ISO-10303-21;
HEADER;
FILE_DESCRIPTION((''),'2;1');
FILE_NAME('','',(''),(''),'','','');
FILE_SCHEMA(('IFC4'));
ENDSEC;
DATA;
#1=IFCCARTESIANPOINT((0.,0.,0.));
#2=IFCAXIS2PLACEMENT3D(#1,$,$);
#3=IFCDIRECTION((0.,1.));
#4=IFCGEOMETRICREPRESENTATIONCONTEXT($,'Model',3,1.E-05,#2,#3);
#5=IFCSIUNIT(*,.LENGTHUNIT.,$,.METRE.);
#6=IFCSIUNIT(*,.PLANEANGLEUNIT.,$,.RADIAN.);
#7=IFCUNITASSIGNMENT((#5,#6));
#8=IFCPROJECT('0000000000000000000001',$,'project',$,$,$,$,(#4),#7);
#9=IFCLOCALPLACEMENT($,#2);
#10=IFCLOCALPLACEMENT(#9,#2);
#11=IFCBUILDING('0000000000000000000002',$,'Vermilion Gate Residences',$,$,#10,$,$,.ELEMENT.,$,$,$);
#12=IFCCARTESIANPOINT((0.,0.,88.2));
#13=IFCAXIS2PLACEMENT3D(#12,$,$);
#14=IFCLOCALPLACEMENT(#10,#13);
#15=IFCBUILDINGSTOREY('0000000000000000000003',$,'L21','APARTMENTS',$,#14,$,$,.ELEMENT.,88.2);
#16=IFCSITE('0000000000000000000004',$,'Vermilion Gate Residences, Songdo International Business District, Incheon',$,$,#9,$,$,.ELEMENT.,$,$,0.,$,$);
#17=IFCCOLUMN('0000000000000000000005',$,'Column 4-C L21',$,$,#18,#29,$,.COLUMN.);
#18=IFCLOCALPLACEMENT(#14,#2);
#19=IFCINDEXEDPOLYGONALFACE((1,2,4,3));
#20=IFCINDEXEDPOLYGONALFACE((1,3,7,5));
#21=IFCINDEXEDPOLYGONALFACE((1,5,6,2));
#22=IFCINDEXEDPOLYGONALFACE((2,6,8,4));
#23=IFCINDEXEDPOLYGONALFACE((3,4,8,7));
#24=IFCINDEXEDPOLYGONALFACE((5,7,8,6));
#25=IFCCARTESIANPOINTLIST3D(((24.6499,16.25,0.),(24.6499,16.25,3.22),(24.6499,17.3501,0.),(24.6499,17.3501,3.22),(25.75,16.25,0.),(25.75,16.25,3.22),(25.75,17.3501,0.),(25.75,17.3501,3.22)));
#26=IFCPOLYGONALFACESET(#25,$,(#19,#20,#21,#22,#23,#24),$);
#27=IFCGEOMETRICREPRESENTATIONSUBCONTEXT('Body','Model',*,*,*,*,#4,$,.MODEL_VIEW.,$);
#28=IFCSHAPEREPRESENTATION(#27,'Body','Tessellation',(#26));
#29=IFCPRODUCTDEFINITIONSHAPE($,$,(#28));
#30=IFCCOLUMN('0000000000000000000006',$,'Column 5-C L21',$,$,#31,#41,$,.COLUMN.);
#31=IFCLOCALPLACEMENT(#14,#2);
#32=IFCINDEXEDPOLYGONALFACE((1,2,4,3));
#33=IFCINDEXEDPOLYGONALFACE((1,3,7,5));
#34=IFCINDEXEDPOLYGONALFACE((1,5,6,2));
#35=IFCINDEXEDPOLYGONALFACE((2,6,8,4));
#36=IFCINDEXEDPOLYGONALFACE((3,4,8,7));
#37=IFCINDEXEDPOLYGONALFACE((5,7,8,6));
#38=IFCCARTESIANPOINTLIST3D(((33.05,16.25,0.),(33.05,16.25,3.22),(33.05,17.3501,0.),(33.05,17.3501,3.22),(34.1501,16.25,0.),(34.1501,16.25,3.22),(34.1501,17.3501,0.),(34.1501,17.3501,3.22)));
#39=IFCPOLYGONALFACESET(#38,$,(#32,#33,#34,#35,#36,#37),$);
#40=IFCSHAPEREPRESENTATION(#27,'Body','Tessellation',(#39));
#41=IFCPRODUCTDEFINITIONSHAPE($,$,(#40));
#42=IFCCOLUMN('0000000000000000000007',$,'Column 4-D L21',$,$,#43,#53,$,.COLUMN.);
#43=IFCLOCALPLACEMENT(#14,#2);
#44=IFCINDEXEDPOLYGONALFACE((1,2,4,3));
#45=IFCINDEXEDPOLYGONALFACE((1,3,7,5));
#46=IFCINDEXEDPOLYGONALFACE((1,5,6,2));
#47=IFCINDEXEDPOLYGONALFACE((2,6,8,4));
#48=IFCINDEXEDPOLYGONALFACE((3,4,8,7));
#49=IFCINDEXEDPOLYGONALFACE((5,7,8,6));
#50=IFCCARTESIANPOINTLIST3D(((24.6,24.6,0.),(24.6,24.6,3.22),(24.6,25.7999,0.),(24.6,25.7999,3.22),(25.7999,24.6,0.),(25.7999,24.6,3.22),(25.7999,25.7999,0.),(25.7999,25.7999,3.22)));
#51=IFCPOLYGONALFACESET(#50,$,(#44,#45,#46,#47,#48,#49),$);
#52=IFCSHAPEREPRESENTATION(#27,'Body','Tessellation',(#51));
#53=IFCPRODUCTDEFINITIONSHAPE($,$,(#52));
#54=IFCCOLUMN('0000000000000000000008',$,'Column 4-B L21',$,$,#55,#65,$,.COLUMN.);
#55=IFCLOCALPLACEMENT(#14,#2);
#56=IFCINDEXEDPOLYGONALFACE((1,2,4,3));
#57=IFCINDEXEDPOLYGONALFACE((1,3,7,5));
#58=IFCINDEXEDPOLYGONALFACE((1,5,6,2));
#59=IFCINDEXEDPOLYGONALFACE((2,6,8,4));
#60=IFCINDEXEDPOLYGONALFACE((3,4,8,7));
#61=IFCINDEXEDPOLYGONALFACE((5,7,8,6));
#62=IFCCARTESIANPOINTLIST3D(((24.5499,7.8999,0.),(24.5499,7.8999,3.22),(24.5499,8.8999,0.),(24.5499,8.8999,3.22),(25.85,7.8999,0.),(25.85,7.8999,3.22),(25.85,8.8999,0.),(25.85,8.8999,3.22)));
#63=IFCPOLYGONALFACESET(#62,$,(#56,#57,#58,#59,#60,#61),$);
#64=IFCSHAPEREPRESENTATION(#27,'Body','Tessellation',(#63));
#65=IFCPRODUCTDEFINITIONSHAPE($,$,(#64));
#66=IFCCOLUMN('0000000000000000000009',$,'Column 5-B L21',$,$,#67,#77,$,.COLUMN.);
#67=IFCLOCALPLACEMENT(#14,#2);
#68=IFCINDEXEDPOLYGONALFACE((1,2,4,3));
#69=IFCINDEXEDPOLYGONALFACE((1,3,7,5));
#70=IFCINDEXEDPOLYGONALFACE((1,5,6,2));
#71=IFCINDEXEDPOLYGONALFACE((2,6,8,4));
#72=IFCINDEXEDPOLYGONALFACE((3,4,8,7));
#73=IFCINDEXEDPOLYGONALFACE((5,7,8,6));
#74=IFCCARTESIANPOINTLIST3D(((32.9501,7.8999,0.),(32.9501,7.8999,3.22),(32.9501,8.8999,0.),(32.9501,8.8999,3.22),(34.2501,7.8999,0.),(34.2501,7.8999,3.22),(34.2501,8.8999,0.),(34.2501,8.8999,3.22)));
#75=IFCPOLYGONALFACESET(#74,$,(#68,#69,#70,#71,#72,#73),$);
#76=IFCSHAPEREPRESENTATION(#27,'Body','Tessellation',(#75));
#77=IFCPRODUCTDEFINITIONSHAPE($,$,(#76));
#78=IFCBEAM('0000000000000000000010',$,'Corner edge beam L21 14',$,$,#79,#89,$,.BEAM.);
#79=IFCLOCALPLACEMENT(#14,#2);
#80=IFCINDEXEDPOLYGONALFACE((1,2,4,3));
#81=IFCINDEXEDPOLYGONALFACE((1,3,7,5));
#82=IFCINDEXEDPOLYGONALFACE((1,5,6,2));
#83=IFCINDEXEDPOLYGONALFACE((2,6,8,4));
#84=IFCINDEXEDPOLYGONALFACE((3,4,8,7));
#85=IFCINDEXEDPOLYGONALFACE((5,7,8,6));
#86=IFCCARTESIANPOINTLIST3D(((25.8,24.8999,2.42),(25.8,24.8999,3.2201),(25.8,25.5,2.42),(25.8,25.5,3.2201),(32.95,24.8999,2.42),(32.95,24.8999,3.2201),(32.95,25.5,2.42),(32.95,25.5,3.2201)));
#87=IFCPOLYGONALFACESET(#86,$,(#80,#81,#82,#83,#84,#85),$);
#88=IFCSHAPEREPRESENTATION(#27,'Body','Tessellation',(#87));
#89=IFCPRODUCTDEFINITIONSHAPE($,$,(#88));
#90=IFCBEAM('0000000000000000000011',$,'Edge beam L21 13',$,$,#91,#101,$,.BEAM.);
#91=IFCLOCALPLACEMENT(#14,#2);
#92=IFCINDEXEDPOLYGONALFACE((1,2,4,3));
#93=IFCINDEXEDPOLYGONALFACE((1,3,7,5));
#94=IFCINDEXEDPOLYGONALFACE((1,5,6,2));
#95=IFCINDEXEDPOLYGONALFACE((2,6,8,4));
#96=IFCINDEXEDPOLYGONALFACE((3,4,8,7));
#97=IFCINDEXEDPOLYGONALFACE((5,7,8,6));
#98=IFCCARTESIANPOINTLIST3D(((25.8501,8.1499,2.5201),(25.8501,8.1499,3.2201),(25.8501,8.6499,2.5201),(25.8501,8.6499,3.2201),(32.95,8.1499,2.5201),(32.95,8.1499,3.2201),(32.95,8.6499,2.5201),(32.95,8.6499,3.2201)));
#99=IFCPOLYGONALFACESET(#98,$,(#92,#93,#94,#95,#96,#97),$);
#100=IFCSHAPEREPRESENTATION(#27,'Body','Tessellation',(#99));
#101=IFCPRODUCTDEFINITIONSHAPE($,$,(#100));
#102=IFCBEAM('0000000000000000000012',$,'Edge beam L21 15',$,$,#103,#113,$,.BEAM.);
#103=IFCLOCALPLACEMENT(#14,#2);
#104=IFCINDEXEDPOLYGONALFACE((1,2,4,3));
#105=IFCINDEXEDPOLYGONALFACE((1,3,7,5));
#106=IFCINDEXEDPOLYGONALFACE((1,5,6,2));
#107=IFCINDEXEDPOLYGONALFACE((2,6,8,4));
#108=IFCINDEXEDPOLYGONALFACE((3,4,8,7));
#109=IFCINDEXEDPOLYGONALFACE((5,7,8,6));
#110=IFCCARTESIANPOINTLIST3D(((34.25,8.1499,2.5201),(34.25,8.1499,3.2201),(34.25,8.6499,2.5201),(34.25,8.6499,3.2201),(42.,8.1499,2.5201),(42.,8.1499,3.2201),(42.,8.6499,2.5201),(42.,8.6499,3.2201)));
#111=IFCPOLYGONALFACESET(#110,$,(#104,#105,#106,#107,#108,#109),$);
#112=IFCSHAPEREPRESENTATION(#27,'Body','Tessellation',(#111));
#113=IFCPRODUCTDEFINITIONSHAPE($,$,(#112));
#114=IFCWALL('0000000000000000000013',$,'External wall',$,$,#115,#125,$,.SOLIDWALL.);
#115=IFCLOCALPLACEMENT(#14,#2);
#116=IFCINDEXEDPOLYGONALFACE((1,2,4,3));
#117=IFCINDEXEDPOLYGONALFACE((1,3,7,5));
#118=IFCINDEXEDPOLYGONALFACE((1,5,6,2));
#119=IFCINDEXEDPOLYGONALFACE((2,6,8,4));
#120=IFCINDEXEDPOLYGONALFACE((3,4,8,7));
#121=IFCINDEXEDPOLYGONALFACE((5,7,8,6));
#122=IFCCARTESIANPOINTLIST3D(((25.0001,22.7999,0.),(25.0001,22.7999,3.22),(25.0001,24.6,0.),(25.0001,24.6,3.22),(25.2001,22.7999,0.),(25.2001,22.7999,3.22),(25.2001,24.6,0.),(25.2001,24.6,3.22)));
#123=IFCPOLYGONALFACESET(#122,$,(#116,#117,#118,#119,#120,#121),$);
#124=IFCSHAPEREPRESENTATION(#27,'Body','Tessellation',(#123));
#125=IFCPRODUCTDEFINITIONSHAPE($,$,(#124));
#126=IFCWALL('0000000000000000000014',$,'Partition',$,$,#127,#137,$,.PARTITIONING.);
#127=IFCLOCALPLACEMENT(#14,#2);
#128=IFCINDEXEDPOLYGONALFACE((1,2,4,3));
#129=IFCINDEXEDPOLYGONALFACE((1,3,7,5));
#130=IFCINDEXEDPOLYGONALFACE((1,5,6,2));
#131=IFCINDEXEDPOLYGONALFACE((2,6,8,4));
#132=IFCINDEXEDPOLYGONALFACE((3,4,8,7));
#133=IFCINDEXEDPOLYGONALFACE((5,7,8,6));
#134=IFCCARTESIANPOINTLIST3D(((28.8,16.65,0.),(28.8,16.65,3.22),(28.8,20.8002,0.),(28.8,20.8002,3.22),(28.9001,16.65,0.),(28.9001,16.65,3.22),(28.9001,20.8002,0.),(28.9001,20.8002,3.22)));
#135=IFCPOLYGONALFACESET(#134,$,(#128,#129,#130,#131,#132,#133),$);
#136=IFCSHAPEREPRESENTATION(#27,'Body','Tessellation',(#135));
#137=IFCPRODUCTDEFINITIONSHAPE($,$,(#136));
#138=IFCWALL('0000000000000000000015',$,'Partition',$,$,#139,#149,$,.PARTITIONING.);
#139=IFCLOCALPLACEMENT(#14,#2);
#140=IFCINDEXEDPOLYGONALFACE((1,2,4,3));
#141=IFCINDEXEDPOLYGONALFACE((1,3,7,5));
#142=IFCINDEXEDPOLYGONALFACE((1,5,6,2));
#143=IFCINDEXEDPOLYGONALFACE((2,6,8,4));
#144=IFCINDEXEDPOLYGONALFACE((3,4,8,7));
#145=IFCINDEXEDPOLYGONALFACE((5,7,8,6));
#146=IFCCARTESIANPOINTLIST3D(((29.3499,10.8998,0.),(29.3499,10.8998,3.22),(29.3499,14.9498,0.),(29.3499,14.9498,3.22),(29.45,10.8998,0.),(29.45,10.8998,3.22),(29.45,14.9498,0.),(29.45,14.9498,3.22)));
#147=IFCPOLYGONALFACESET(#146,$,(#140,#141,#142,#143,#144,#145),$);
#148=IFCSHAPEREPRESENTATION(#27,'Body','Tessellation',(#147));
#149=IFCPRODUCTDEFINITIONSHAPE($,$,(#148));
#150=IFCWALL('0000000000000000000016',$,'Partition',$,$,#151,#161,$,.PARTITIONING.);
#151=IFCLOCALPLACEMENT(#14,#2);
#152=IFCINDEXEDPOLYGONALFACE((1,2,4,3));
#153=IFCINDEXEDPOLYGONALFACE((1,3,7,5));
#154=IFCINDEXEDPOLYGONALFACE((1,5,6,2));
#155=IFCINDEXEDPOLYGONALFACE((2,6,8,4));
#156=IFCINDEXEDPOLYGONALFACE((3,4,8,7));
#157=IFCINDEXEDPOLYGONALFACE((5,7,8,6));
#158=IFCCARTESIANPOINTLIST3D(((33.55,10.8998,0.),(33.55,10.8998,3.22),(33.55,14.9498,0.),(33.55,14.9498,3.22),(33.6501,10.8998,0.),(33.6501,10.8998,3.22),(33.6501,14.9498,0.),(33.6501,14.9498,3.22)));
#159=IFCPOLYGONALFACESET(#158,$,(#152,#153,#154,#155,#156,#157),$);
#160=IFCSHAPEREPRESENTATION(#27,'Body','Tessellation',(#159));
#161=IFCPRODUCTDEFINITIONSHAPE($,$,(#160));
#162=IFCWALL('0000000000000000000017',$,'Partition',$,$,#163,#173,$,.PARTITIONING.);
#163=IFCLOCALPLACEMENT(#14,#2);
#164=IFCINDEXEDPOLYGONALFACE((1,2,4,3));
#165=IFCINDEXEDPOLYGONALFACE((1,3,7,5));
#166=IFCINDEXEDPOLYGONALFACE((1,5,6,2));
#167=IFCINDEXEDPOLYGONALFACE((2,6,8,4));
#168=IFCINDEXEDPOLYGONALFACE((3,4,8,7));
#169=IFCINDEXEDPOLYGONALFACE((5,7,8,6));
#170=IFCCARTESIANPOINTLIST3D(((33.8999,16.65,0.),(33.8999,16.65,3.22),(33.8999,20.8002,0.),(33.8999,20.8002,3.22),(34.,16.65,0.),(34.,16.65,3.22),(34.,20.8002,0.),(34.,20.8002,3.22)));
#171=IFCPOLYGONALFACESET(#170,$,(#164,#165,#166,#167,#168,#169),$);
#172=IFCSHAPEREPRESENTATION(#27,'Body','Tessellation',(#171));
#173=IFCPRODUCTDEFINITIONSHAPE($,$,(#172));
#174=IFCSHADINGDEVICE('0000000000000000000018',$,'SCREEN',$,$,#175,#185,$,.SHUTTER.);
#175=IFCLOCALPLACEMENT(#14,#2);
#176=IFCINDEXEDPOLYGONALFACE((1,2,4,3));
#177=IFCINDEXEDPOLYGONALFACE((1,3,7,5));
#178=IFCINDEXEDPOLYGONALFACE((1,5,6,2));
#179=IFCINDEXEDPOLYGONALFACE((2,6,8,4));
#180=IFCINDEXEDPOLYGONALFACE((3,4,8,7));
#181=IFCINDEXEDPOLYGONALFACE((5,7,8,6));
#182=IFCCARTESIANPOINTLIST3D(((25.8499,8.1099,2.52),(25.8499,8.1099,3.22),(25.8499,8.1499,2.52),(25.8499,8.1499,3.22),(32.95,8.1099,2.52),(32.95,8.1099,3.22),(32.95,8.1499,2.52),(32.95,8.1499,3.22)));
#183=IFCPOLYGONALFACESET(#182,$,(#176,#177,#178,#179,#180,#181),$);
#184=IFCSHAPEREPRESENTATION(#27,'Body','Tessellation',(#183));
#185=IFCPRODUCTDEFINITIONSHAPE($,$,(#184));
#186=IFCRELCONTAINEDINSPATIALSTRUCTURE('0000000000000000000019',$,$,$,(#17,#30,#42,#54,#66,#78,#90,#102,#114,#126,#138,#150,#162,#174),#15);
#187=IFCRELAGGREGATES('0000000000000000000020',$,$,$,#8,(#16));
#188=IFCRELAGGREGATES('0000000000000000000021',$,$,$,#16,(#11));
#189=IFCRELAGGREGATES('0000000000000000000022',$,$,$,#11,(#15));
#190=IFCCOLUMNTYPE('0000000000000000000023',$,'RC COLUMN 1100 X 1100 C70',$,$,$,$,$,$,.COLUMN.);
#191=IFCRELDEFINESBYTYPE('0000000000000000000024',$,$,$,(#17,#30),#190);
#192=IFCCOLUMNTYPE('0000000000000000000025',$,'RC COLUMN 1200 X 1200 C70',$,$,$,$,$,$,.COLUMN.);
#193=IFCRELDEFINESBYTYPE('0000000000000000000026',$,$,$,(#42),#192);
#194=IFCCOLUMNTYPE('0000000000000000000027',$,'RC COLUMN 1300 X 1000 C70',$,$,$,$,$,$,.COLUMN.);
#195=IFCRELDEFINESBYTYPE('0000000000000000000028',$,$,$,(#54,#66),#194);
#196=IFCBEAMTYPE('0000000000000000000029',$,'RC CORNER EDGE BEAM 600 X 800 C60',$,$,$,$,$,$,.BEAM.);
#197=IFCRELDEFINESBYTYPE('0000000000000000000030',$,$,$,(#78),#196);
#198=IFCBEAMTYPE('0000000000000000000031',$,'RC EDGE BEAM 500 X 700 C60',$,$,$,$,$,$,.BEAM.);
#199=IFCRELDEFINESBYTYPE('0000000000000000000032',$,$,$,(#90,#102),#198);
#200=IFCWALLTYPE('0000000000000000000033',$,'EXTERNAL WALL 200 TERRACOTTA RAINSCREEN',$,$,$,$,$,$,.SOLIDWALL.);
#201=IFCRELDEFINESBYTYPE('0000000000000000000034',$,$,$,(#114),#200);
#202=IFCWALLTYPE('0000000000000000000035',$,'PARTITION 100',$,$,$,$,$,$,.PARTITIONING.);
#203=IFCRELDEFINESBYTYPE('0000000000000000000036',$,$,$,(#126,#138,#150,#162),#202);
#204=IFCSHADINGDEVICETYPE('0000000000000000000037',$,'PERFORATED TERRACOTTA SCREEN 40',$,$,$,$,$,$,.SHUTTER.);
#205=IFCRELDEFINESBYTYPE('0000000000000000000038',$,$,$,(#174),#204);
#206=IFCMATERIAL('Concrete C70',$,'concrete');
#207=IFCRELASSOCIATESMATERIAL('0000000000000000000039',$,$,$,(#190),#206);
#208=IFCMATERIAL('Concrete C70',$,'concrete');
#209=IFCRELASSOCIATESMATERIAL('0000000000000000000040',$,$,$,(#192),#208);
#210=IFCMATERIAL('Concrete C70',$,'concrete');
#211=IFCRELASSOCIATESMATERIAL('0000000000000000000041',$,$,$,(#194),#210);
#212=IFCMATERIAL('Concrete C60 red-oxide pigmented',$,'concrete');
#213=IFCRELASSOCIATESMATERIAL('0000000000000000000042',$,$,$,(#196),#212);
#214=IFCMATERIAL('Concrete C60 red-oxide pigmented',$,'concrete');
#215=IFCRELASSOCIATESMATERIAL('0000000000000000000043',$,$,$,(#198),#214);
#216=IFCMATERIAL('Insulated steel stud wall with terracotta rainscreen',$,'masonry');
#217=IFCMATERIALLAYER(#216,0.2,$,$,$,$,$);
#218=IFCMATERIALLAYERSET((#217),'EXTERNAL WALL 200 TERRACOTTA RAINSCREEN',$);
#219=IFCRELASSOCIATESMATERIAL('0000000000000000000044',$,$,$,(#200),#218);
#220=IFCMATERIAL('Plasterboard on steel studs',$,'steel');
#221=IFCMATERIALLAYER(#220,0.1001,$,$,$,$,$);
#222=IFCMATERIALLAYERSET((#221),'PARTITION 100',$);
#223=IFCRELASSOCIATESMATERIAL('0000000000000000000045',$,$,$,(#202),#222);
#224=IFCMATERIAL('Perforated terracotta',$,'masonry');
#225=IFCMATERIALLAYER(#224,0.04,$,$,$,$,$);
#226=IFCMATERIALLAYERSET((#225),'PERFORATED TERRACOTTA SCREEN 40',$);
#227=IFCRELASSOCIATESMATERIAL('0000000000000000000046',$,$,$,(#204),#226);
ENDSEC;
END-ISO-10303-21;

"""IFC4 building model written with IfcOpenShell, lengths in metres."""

from ifc_helpers import new_model, si_unit, direction, frame, frame_2d, origin, origin_2d, place, context, subcontext, project, spatial, rectangle, extrude, material, layer, layer_set, material_profile, profile_set, type_object, element, save


model = new_model("IFC4")

# Units and contexts
model_context = context("Model", 3, precision=1e-05, world=origin(), true_north=direction((0.0, 1.0)))
body_context = subcontext(model_context, "Body", "Model", "MODEL_VIEW")
ifc_project = project(units=[si_unit("LENGTHUNIT", "METRE"), si_unit("PLANEANGLEUNIT", "RADIAN")], contexts=[model_context])

# Site, building, storey
site_placement = place(None, origin())
site = spatial("IfcSite", under=ifc_project, at=site_placement, Name="Vermilion Gate Residences, Songdo International Business District, Incheon", CompositionType="ELEMENT", RefElevation=0.0)
building_placement = place(site_placement, origin())
building = spatial("IfcBuilding", under=site, at=building_placement, Name="Vermilion Gate Residences", CompositionType="ELEMENT")
storey_placement = place(building_placement, frame((0.0, 0.0, 88.2)))
storey = spatial("IfcBuildingStorey", under=building, at=storey_placement, Name="L21", Description="APARTMENTS", CompositionType="ELEMENT", Elevation=88.2)

# Columns
ifc_material_1 = material(Name="Concrete C70", Category="concrete")
ifc_material_profile_1 = material_profile(ifc_material_1, rectangle(XDim=1.1001, YDim=1.1001, at=origin_2d()), Name="RC-1100x1100")
ifc_profile_set_1 = profile_set([ifc_material_profile_1], Name="Concrete C70")
column_type_1 = type_object("IfcColumnType", Name="RC COLUMN 1100 X 1100 C70", PredefinedType="COLUMN", material=ifc_profile_set_1)
for number, where, z_axis, x_axis, name in (
    (1, (25.2, 16.8, 0.0), (0.0, 0.0, 1.0), (1.0, 0.0, 0.0), "Column 4-C L21"),
    (2, (33.6001, 16.8, 0.0), (0.0, 0.0, 1.0), (1.0, 0.0, 0.0), "Column 5-C L21"),
):
    element("IfcColumn", number, at=place(storey_placement, frame(where, z_axis=z_axis, x_axis=x_axis)), inside=storey, type_object=column_type_1, Name=name, PredefinedType="COLUMN", context=body_context, shape_type="SweptSolid", body=[
        extrude(rectangle(XDim=1.1001, YDim=1.1001, at=origin_2d()), origin(), (0.0, 0.0, 1.0), 3.22),
    ])
ifc_material_2 = material(Name="Concrete C70", Category="concrete")
ifc_material_profile_2 = material_profile(ifc_material_2, rectangle(XDim=1.2, YDim=1.2, at=origin_2d()), Name="RC-1200x1200")
ifc_profile_set_2 = profile_set([ifc_material_profile_2], Name="Concrete C70")
column_type_2 = type_object("IfcColumnType", Name="RC COLUMN 1200 X 1200 C70", PredefinedType="COLUMN", material=ifc_profile_set_2)
column_placement = place(storey_placement, frame((25.2, 25.2, 0.0), z_axis=(0.0, 0.0, 1.0), x_axis=(1.0, 0.0, 0.0)))
element("IfcColumn", 3, at=column_placement, inside=storey, type_object=column_type_2, Name="Column 4-D L21", PredefinedType="COLUMN", context=body_context, shape_type="SweptSolid", body=[
    extrude(rectangle(XDim=1.2, YDim=1.2, at=origin_2d()), origin(), (0.0, 0.0, 1.0), 3.22),
])
ifc_material_3 = material(Name="Concrete C70", Category="concrete")
ifc_material_profile_3 = material_profile(ifc_material_3, rectangle(XDim=1.3, YDim=1.0, at=origin_2d()), Name="RC-1300x1000")
ifc_profile_set_3 = profile_set([ifc_material_profile_3], Name="Concrete C70")
column_type_3 = type_object("IfcColumnType", Name="RC COLUMN 1300 X 1000 C70", PredefinedType="COLUMN", material=ifc_profile_set_3)
for number, where, z_axis, x_axis, name in (
    (4, (25.2, 8.3999, 0.0), (0.0, 0.0, 1.0), (1.0, 0.0, 0.0), "Column 4-B L21"),
    (5, (33.6001, 8.3999, 0.0), (0.0, 0.0, 1.0), (1.0, 0.0, 0.0), "Column 5-B L21"),
):
    element("IfcColumn", number, at=place(storey_placement, frame(where, z_axis=z_axis, x_axis=x_axis)), inside=storey, type_object=column_type_3, Name=name, PredefinedType="COLUMN", context=body_context, shape_type="SweptSolid", body=[
        extrude(rectangle(XDim=1.3, YDim=1.0, at=origin_2d()), origin(), (0.0, 0.0, 1.0), 3.22),
    ])

# Beams
ifc_material_4 = material(Name="Concrete C60 red-oxide pigmented", Category="concrete")
ifc_material_profile_4 = material_profile(ifc_material_4, rectangle(XDim=0.6001, YDim=0.8, at=origin_2d()), Name="RC-600x800")
ifc_profile_set_4 = profile_set([ifc_material_profile_4], Name="Concrete C60 red-oxide pigmented")
beam_type_1 = type_object("IfcBeamType", Name="RC CORNER EDGE BEAM 600 X 800 C60", PredefinedType="BEAM", material=ifc_profile_set_4)
beam_1_placement = place(storey_placement, frame((25.8, 25.2, 2.8201), z_axis=(1.0, 0.0, 0.0), x_axis=(0.0, 1.0, 0.0)))
element("IfcBeam", 6, at=beam_1_placement, inside=storey, type_object=beam_type_1, Name="Corner edge beam L21 14", PredefinedType="BEAM", context=body_context, shape_type="SweptSolid", body=[
    extrude(rectangle(XDim=0.6001, YDim=0.8, at=origin_2d()), origin(), (0.0, 0.0, 1.0), 7.1499),
])
ifc_material_5 = material(Name="Concrete C60 red-oxide pigmented", Category="concrete")
ifc_material_profile_5 = material_profile(ifc_material_5, rectangle(XDim=0.5, YDim=0.7, at=origin_2d()), Name="RC-500x700")
ifc_profile_set_5 = profile_set([ifc_material_profile_5], Name="Concrete C60 red-oxide pigmented")
beam_type_2 = type_object("IfcBeamType", Name="RC EDGE BEAM 500 X 700 C60", PredefinedType="BEAM", material=ifc_profile_set_5)
beam_2_placement = place(storey_placement, frame((25.8501, 8.3999, 2.8701), z_axis=(1.0, 0.0, 0.0), x_axis=(0.0, 1.0, 0.0)))
element("IfcBeam", 7, at=beam_2_placement, inside=storey, type_object=beam_type_2, Name="Edge beam L21 13", PredefinedType="BEAM", context=body_context, shape_type="SweptSolid", body=[
    extrude(rectangle(XDim=0.5, YDim=0.7, at=origin_2d()), origin(), (0.0, 0.0, 1.0), 7.0999),
])
beam_3_placement = place(storey_placement, frame((34.25, 8.3999, 2.8701), z_axis=(1.0, 0.0, 0.0), x_axis=(0.0, 1.0, 0.0)))
element("IfcBeam", 8, at=beam_3_placement, inside=storey, type_object=beam_type_2, Name="Edge beam L21 15", PredefinedType="BEAM", context=body_context, shape_type="SweptSolid", body=[
    extrude(rectangle(XDim=0.5, YDim=0.7, at=origin_2d()), origin(), (0.0, 0.0, 1.0), 7.75),
])

# Walls
ifc_material_6 = material(Name="Insulated steel stud wall with terracotta rainscreen", Category="masonry")
ifc_layer_1 = layer(ifc_material_6, 0.2)
ifc_layer_set_1 = layer_set([ifc_layer_1], Name="EXTERNAL WALL 200 TERRACOTTA RAINSCREEN")
wall_type_1 = type_object("IfcWallType", Name="EXTERNAL WALL 200 TERRACOTTA RAINSCREEN", PredefinedType="SOLIDWALL", material=ifc_layer_set_1)
wall_1_placement = place(storey_placement, frame((25.1001, 22.8, 0.0), z_axis=(0.0, 0.0, 1.0), x_axis=(0.0, 1.0, 0.0)))
element("IfcWall", 9, at=wall_1_placement, inside=storey, type_object=wall_type_1, Name="External wall", PredefinedType="SOLIDWALL", context=body_context, shape_type="SweptSolid", body=[
    extrude(rectangle(XDim=1.8, YDim=0.2, at=frame_2d((0.8999, 0.0))), origin(), (0.0, 0.0, 1.0), 3.22),
])
ifc_material_7 = material(Name="Plasterboard on steel studs", Category="steel")
ifc_layer_2 = layer(ifc_material_7, 0.1001)
ifc_layer_set_2 = layer_set([ifc_layer_2], Name="PARTITION 100")
wall_type_2 = type_object("IfcWallType", Name="PARTITION 100", PredefinedType="PARTITIONING", material=ifc_layer_set_2)
wall_2_placement = place(storey_placement, frame((28.8501, 16.6499, 0.0), z_axis=(0.0, 0.0, 1.0), x_axis=(0.0, 1.0, 0.0)))
element("IfcWall", 10, at=wall_2_placement, inside=storey, type_object=wall_type_2, Name="Partition", PredefinedType="PARTITIONING", context=body_context, shape_type="SweptSolid", body=[
    extrude(rectangle(XDim=4.1501, YDim=0.1001, at=frame_2d((2.0752, 0.0))), origin(), (0.0, 0.0, 1.0), 3.22),
])
for number, where, z_axis, x_axis, name in (
    (11, (29.3999, 10.8999, 0.0), (0.0, 0.0, 1.0), (0.0, 1.0, 0.0), "Partition"),
    (12, (33.6001, 10.8999, 0.0), (0.0, 0.0, 1.0), (0.0, 1.0, 0.0), "Partition"),
):
    element("IfcWall", number, at=place(storey_placement, frame(where, z_axis=z_axis, x_axis=x_axis)), inside=storey, type_object=wall_type_2, Name=name, PredefinedType="PARTITIONING", context=body_context, shape_type="SweptSolid", body=[
        extrude(rectangle(XDim=4.05, YDim=0.1001, at=frame_2d((2.0249, 0.0))), origin(), (0.0, 0.0, 1.0), 3.22),
    ])
wall_3_placement = place(storey_placement, frame((33.95, 16.6499, 0.0), z_axis=(0.0, 0.0, 1.0), x_axis=(0.0, 1.0, 0.0)))
element("IfcWall", 13, at=wall_3_placement, inside=storey, type_object=wall_type_2, Name="Partition", PredefinedType="PARTITIONING", context=body_context, shape_type="SweptSolid", body=[
    extrude(rectangle(XDim=4.1501, YDim=0.1001, at=frame_2d((2.0752, 0.0))), origin(), (0.0, 0.0, 1.0), 3.22),
])

# Shading device
ifc_material_8 = material(Name="Perforated terracotta", Category="masonry")
ifc_layer_3 = layer(ifc_material_8, 0.04)
ifc_layer_set_3 = layer_set([ifc_layer_3], Name="PERFORATED TERRACOTTA SCREEN 40")
shading_device_type_1 = type_object("IfcShadingDeviceType", Name="PERFORATED TERRACOTTA SCREEN 40", PredefinedType="SHUTTER", material=ifc_layer_set_3)
shading_device_1_placement = place(storey_placement, frame((29.3999, 8.1299, 2.52), z_axis=(0.0, 0.0, 1.0), x_axis=(1.0, 0.0, 0.0)))
element("IfcShadingDevice", 14, at=shading_device_1_placement, inside=storey, type_object=shading_device_type_1, Name="SCREEN", PredefinedType="SHUTTER", context=body_context, shape_type="SweptSolid", body=[
    extrude(rectangle(XDim=7.1001, YDim=0.04, at=origin_2d()), origin(), (0.0, 0.0, 1.0), 0.7),
])

save(model, "model.ifc")
